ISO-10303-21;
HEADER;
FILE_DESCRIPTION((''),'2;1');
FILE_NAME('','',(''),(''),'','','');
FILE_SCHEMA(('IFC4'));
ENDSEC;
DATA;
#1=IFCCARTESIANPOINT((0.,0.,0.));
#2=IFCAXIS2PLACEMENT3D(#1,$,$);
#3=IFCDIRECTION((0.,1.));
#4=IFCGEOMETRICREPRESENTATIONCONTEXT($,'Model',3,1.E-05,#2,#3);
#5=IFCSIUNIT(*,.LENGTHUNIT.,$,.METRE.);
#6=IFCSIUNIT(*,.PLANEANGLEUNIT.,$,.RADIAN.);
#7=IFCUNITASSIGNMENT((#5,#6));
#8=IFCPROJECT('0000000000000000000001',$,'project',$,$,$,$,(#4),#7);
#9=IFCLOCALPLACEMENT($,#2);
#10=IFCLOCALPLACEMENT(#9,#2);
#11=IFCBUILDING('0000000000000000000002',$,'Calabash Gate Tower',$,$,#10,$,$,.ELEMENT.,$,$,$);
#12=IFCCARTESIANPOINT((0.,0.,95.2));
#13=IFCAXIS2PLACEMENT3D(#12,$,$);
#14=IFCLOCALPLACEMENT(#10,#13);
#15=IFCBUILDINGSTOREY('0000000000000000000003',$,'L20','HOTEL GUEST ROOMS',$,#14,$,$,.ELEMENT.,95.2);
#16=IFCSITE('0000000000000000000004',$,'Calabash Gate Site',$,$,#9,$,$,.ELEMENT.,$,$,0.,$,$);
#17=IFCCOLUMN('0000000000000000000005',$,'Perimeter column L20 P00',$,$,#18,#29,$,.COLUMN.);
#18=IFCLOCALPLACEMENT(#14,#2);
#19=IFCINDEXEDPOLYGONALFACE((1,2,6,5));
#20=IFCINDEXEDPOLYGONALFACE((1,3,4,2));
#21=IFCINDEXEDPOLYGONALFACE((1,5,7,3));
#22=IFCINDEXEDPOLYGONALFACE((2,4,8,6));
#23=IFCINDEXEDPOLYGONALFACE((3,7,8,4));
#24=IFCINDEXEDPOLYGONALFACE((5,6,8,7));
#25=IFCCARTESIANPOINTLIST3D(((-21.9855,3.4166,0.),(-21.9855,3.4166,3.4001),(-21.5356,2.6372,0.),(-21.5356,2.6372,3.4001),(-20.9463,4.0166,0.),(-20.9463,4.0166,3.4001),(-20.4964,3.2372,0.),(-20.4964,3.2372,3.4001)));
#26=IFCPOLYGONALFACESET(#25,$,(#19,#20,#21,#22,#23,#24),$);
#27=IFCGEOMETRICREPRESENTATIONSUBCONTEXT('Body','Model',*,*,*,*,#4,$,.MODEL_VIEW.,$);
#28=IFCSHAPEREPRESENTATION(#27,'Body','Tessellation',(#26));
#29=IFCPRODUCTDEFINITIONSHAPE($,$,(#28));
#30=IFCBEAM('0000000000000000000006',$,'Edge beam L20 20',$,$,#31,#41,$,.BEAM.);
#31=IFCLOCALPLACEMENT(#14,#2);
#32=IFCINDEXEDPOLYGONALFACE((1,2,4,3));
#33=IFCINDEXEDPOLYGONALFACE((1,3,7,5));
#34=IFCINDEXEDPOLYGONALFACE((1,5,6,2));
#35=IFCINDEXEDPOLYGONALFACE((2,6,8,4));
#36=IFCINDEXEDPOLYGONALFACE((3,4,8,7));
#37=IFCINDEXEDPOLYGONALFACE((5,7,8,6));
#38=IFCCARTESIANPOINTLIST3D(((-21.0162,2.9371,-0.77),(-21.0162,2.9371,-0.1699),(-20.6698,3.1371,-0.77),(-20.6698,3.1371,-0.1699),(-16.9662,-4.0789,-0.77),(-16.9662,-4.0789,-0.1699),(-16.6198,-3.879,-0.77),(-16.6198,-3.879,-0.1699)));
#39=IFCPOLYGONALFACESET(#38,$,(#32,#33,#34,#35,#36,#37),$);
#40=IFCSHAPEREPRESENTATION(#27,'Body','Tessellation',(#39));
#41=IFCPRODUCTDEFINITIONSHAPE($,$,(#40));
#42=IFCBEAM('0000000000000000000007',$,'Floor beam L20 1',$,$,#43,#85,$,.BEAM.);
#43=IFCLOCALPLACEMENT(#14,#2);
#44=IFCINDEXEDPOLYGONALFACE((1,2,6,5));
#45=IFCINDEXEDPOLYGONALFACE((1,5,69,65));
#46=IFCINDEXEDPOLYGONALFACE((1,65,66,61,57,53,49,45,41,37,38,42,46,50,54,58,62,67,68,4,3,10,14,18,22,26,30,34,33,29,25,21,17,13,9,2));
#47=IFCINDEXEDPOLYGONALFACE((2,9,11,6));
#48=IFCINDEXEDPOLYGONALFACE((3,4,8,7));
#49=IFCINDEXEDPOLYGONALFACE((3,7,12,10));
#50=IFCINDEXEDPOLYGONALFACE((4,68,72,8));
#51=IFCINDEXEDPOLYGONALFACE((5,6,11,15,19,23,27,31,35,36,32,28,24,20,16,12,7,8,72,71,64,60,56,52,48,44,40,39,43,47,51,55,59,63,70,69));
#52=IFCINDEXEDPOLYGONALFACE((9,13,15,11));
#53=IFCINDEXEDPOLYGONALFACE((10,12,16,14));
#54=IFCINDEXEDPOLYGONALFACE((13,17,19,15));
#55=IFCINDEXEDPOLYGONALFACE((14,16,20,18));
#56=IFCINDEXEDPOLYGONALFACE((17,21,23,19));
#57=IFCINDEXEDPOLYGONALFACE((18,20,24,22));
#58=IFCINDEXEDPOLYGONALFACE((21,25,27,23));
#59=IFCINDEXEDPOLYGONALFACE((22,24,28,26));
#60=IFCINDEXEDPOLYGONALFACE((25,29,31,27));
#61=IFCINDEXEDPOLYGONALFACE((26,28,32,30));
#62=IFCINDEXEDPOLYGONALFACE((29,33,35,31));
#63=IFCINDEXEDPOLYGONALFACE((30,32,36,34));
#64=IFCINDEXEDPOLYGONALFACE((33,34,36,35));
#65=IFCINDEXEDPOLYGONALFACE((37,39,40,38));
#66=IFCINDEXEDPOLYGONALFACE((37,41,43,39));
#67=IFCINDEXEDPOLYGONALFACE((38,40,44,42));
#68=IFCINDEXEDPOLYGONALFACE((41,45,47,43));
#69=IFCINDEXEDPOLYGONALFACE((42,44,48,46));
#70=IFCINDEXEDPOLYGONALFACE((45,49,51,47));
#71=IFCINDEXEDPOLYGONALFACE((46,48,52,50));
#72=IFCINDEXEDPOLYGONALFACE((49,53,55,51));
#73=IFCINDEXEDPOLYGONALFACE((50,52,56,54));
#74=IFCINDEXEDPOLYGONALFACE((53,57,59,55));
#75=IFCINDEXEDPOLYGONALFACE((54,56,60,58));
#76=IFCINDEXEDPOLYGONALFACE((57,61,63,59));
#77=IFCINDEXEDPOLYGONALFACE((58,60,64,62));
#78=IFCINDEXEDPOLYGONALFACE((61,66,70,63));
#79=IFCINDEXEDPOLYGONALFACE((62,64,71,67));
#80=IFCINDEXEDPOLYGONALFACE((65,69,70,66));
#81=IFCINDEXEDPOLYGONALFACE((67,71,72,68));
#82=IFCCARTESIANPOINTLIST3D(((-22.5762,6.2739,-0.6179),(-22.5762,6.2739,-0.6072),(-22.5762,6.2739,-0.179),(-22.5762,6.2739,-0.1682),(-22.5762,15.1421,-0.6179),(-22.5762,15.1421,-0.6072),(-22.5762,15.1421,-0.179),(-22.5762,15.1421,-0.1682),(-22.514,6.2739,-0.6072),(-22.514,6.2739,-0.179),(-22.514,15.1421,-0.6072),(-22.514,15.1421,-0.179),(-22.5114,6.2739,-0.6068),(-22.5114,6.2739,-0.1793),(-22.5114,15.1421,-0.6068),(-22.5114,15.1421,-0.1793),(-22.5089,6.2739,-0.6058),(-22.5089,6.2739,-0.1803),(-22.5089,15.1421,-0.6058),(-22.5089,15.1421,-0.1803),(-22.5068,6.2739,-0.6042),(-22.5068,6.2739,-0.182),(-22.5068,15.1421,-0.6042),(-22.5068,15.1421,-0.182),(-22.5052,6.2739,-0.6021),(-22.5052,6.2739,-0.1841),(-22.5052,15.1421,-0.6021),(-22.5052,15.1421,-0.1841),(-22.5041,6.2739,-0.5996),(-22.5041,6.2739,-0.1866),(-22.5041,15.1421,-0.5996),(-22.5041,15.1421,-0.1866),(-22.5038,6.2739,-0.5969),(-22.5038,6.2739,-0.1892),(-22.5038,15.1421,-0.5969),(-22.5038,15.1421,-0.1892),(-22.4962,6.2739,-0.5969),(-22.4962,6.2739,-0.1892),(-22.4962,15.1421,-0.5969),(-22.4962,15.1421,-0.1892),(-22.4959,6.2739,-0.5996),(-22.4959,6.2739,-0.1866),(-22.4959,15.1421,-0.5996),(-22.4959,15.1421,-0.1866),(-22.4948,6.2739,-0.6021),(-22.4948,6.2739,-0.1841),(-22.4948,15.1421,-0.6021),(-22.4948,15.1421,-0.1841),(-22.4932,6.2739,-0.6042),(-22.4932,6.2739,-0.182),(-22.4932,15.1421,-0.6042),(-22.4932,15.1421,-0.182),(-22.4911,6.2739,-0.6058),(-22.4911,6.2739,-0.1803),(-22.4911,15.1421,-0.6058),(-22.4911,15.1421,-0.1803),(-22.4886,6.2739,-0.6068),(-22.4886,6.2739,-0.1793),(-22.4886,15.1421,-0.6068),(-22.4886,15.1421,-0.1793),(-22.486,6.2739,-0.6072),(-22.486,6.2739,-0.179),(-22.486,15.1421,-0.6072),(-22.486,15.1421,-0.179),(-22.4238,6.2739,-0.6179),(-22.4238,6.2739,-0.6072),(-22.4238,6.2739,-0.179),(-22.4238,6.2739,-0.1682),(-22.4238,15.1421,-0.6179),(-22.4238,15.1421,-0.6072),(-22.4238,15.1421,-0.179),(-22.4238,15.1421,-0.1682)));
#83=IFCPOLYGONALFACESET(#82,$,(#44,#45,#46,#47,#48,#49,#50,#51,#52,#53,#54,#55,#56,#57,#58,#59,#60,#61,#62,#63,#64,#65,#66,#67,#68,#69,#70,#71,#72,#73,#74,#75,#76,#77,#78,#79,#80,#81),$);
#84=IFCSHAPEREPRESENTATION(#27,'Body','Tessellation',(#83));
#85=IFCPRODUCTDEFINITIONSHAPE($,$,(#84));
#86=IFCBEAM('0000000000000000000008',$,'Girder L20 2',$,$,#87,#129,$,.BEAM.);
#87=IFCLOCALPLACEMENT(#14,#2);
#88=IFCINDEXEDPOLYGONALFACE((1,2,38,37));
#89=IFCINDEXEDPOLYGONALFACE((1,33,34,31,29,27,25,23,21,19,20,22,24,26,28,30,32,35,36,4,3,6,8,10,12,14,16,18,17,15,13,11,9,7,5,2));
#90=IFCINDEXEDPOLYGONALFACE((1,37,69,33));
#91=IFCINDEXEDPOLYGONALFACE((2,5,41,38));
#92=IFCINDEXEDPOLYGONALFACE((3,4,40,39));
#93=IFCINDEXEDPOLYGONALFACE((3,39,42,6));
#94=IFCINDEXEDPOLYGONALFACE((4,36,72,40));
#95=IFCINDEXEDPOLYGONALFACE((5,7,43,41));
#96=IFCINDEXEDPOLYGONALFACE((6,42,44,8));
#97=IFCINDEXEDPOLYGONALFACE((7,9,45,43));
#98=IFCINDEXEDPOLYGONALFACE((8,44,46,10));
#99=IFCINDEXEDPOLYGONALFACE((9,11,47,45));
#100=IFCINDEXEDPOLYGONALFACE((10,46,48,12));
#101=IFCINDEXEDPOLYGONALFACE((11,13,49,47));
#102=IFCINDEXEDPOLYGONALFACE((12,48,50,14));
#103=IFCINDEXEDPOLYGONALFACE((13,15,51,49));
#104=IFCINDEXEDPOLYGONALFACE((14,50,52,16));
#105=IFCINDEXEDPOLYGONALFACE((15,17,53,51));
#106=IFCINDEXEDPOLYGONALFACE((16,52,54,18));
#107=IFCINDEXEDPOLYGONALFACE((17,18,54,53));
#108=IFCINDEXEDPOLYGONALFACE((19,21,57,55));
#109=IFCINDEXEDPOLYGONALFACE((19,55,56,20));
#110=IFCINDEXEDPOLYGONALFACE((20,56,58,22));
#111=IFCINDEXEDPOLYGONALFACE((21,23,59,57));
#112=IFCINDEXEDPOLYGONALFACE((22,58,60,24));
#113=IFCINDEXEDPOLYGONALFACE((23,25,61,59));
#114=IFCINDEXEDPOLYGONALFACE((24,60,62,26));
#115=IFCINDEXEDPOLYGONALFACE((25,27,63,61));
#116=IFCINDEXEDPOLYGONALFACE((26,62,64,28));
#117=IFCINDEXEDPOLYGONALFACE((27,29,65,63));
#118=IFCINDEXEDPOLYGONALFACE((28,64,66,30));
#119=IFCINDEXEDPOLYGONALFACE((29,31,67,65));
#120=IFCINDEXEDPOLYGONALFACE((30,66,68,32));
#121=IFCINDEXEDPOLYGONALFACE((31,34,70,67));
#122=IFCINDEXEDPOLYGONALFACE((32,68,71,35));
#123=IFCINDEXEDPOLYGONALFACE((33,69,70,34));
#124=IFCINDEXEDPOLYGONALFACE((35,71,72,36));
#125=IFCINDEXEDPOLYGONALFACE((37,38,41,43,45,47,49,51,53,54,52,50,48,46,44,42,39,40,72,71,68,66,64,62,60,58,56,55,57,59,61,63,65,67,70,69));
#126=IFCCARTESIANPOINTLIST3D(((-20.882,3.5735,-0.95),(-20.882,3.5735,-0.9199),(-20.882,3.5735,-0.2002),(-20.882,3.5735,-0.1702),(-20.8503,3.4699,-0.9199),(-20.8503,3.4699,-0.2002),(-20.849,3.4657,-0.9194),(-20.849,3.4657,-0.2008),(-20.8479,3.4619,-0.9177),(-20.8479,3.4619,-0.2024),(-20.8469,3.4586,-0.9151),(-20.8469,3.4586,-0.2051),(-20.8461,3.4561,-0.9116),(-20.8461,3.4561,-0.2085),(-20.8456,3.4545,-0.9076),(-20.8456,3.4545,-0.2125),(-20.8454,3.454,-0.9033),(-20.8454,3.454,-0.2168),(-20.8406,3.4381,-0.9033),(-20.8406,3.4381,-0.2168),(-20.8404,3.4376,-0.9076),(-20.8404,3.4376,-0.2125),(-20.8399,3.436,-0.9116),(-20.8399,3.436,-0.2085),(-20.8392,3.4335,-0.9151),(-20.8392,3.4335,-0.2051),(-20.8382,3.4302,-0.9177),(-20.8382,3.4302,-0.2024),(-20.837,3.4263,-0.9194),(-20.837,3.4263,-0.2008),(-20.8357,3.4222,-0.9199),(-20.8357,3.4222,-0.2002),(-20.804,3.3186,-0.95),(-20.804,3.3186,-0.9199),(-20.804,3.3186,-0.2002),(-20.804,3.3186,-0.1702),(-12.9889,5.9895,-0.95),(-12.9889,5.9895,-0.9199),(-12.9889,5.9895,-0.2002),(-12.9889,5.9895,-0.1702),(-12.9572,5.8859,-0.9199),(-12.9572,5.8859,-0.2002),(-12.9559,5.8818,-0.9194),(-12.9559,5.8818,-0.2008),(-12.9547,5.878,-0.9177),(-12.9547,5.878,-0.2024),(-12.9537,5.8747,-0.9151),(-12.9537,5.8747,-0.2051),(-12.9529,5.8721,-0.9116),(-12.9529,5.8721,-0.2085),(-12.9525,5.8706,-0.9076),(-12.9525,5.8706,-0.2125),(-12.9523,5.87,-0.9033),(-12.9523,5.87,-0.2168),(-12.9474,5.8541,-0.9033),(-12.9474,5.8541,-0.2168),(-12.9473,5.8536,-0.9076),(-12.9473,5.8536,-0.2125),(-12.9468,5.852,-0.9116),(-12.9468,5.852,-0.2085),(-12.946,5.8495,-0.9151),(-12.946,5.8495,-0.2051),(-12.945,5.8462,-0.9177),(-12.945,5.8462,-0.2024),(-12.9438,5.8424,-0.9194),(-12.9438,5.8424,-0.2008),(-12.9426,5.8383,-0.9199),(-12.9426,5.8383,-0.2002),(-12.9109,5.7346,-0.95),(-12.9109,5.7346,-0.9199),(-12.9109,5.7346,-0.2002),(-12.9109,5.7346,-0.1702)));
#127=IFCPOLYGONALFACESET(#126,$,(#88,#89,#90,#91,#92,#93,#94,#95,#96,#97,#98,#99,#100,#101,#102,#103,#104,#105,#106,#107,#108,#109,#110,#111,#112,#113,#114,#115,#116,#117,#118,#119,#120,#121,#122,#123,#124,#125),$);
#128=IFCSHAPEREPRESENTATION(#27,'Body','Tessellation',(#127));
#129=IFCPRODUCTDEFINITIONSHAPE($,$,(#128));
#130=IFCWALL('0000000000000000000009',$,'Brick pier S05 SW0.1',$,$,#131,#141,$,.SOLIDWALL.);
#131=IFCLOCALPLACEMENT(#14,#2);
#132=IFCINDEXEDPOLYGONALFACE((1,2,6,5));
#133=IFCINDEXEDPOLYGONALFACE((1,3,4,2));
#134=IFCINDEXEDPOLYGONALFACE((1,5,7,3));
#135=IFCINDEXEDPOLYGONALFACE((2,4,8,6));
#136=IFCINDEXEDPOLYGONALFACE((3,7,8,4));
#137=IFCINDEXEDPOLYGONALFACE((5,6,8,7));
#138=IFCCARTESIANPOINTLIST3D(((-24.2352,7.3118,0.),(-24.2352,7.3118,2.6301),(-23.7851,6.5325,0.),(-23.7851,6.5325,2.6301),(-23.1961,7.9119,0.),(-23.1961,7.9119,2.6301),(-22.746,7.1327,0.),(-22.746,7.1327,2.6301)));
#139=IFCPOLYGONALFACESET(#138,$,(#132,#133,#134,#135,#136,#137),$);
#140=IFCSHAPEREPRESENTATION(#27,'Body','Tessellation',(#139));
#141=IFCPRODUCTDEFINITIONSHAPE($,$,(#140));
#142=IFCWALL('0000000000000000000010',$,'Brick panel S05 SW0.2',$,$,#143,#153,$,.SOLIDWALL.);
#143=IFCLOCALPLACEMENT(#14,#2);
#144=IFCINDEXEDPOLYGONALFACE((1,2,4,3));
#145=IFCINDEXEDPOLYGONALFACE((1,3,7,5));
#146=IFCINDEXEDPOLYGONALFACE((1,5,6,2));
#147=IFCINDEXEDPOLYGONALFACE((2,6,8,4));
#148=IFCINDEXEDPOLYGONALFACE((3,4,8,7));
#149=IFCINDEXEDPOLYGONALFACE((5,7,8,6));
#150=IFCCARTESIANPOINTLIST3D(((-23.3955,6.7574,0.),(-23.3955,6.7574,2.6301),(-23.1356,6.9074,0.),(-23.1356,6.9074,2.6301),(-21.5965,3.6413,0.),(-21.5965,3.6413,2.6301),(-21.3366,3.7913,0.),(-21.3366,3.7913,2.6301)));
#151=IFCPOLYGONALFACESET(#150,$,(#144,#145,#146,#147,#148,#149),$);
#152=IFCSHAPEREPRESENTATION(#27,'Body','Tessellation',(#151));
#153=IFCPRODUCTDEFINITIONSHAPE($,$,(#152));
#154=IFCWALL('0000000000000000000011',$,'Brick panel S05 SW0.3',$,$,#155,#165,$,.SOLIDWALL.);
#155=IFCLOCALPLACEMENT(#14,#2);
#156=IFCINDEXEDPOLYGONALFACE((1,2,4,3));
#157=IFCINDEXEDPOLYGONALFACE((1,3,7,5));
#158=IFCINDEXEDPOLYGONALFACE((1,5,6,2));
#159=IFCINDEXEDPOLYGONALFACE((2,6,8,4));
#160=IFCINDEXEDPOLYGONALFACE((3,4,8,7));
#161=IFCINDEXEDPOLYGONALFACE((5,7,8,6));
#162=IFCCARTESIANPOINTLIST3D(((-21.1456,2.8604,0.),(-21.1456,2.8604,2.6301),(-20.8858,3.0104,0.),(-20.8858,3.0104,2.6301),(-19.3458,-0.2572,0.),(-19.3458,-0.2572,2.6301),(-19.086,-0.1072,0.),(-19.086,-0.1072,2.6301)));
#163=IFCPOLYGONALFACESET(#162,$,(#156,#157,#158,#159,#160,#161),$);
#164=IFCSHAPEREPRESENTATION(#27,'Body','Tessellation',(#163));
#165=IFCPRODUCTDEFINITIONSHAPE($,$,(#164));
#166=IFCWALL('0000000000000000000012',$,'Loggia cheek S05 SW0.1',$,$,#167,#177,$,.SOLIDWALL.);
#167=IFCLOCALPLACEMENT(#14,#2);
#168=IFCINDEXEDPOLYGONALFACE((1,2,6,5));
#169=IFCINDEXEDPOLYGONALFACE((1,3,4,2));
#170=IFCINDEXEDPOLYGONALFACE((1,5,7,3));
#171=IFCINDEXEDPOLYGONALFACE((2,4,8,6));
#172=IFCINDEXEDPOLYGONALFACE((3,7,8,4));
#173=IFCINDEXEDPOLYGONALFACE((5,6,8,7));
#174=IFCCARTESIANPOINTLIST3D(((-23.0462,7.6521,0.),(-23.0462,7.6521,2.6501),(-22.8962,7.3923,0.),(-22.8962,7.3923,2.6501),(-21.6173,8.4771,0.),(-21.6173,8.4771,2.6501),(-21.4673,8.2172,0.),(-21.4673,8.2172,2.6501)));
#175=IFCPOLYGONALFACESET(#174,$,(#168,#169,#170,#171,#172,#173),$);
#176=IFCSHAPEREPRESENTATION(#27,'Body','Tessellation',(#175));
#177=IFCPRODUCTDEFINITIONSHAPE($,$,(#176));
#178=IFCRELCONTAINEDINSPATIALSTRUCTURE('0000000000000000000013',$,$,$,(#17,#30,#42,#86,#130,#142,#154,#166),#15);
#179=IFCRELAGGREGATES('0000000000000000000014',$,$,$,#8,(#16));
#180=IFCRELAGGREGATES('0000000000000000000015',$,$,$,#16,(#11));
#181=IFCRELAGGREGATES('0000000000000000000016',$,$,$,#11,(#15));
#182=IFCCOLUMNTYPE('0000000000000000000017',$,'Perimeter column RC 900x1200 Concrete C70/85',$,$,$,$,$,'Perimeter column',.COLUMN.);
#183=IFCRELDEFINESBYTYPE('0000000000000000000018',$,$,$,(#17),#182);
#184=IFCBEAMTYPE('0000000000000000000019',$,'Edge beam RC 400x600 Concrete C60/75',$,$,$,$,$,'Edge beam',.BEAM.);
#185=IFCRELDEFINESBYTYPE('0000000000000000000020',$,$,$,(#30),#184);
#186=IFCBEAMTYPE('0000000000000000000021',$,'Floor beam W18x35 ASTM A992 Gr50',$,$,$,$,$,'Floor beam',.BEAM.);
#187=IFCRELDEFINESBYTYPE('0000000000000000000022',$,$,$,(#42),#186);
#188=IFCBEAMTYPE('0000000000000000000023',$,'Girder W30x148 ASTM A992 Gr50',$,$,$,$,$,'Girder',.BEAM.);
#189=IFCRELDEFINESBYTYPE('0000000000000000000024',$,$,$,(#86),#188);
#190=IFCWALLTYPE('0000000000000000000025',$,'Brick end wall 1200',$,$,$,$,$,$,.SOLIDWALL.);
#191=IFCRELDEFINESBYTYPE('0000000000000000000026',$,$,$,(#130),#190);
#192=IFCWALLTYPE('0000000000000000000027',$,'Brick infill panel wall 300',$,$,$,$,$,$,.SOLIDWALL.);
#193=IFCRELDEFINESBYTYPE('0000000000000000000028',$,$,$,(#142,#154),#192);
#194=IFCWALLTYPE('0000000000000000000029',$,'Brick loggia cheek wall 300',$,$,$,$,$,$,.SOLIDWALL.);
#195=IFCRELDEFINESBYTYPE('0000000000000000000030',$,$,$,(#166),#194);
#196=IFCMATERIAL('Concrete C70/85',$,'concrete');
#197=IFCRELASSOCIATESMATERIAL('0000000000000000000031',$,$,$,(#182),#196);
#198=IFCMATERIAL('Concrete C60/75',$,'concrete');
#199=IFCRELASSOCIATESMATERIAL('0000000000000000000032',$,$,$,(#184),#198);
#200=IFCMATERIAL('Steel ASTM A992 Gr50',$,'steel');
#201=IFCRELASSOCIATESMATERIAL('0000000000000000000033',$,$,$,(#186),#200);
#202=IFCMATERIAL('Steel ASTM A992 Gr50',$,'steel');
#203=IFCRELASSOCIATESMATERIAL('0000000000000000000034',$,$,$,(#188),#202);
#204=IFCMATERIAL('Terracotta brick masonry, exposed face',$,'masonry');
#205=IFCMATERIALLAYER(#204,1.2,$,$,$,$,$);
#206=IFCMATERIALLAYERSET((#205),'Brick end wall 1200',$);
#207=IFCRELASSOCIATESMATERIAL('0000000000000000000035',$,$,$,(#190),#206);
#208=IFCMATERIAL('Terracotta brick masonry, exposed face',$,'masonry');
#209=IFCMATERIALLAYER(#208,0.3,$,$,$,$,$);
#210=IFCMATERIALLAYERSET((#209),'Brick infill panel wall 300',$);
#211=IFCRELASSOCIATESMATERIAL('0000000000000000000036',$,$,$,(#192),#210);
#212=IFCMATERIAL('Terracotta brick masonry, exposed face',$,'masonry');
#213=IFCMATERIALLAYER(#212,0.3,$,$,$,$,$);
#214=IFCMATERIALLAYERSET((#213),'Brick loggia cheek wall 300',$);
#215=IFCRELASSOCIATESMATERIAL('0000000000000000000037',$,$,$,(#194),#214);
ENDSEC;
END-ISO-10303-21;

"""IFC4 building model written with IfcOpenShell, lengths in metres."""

from ifc_helpers import new_model, si_unit, direction, frame, frame_2d, origin, origin_2d, place, context, subcontext, project, spatial, rectangle, i_section, extrude, material, layer, layer_set, material_profile, profile_set, type_object, element, save


model = new_model("IFC4")

# Units and contexts
model_context = context("Model", 3, precision=1e-05, world=origin(), true_north=direction((0.0, 1.0)))
body_context = subcontext(model_context, "Body", "Model", "MODEL_VIEW")
ifc_project = project(units=[si_unit("LENGTHUNIT", "METRE"), si_unit("PLANEANGLEUNIT", "RADIAN")], contexts=[model_context])

# Site, building, storey
site_placement = place(None, origin())
site = spatial("IfcSite", under=ifc_project, at=site_placement, Name="Calabash Gate Site", CompositionType="ELEMENT", RefElevation=0.0)
building_placement = place(site_placement, origin())
building = spatial("IfcBuilding", under=site, at=building_placement, Name="Calabash Gate Tower", CompositionType="ELEMENT")
storey_placement = place(building_placement, frame((0.0, 0.0, 95.2)))
storey = spatial("IfcBuildingStorey", under=building, at=storey_placement, Name="L20", Description="HOTEL GUEST ROOMS", CompositionType="ELEMENT", Elevation=95.2)

# Column
ifc_material_1 = material(Name="Concrete C70/85", Category="concrete")
ifc_material_profile_1 = material_profile(ifc_material_1, rectangle(XDim=0.8999, YDim=1.2, at=origin_2d()))
ifc_profile_set_1 = profile_set([ifc_material_profile_1], Name="Concrete C70/85")
column_type = type_object("IfcColumnType", Name="Perimeter column RC 900x1200 Concrete C70/85", ElementType="Perimeter column", PredefinedType="COLUMN", material=ifc_profile_set_1)
column_placement = place(storey_placement, frame((-21.241, 3.3269, 0.0), z_axis=(0.0, 0.0, 1.0), x_axis=(0.5, -0.866025, 0.0)))
element("IfcColumn", 1, at=column_placement, inside=storey, type_object=column_type, Name="Perimeter column L20 P00", PredefinedType="COLUMN", context=body_context, shape_type="SweptSolid", body=[
    extrude(rectangle(XDim=0.8999, YDim=1.2, at=origin_2d()), origin(), (0.0, 0.0, 1.0), 3.4001),
])

# Beams
ifc_material_2 = material(Name="Concrete C60/75", Category="concrete")
ifc_material_profile_2 = material_profile(ifc_material_2, rectangle(XDim=0.3999, YDim=0.6001, at=origin_2d()))
ifc_profile_set_2 = profile_set([ifc_material_profile_2], Name="Concrete C60/75")
beam_type_1 = type_object("IfcBeamType", Name="Edge beam RC 400x600 Concrete C60/75", ElementType="Edge beam", PredefinedType="BEAM", material=ifc_profile_set_2)
beam_1_placement = place(storey_placement, frame((-20.843, 3.0371, -0.47), z_axis=(0.499935, -0.866063, 0.0), x_axis=(0.866063, 0.499935, 0.0)))
element("IfcBeam", 2, at=beam_1_placement, inside=storey, type_object=beam_type_1, Name="Edge beam L20 20", PredefinedType="BEAM", context=body_context, shape_type="SweptSolid", body=[
    extrude(rectangle(XDim=0.3999, YDim=0.6001, at=origin_2d()), origin(), (0.0, 0.0, 1.0), 8.1011),
])
ifc_material_3 = material(Name="Steel ASTM A992 Gr50", Category="steel")
ifc_material_profile_3 = material_profile(ifc_material_3, i_section(OverallWidth=0.1523, OverallDepth=0.4497, WebThickness=0.0076, FlangeThickness=0.0107, FilletRadius=0.0103, at=origin_2d()))
ifc_profile_set_3 = profile_set([ifc_material_profile_3], Name="Steel ASTM A992 Gr50")
beam_type_2 = type_object("IfcBeamType", Name="Floor beam W18x35 ASTM A992 Gr50", ElementType="Floor beam", PredefinedType="BEAM", material=ifc_profile_set_3)
beam_2_placement = place(storey_placement, frame((-22.5, 6.2739, -0.3931), z_axis=(0.0, 1.0, 0.0), x_axis=(-1.0, 0.0, 0.0)))
element("IfcBeam", 3, at=beam_2_placement, inside=storey, type_object=beam_type_2, Name="Floor beam L20 1", PredefinedType="BEAM", context=body_context, shape_type="SweptSolid", body=[
    extrude(i_section(OverallWidth=0.1523, OverallDepth=0.4497, WebThickness=0.0076, FlangeThickness=0.0107, FilletRadius=0.0103, at=origin_2d()), origin(), (0.0, 0.0, 1.0), 8.8682),
])
ifc_material_4 = material(Name="Steel ASTM A992 Gr50", Category="steel")
ifc_material_profile_4 = material_profile(ifc_material_4, i_section(OverallWidth=0.2666, OverallDepth=0.7798, WebThickness=0.0166, FlangeThickness=0.03, FilletRadius=0.0166, at=origin_2d()))
ifc_profile_set_4 = profile_set([ifc_material_profile_4], Name="Steel ASTM A992 Gr50")
beam_type_3 = type_object("IfcBeamType", Name="Girder W30x148 ASTM A992 Gr50", ElementType="Girder", PredefinedType="BEAM", material=ifc_profile_set_4)
beam_3_placement = place(storey_placement, frame((-20.843, 3.446, -0.5601), z_axis=(0.956208, 0.292689, 0.0), x_axis=(-0.292689, 0.956208, 0.0)))
element("IfcBeam", 4, at=beam_3_placement, inside=storey, type_object=beam_type_3, Name="Girder L20 2", PredefinedType="BEAM", context=body_context, shape_type="SweptSolid", body=[
    extrude(i_section(OverallWidth=0.2666, OverallDepth=0.7798, WebThickness=0.0166, FlangeThickness=0.03, FilletRadius=0.0166, at=origin_2d()), origin(), (0.0, 0.0, 1.0), 8.2546),
])

# Walls
ifc_material_5 = material(Name="Terracotta brick masonry, exposed face", Category="masonry")
ifc_layer_1 = layer(ifc_material_5, 1.2)
ifc_layer_set_1 = layer_set([ifc_layer_1], Name="Brick end wall 1200")
wall_type_1 = type_object("IfcWallType", Name="Brick end wall 1200", PredefinedType="SOLIDWALL", material=ifc_layer_set_1)
wall_1_placement = place(storey_placement, frame((-24.0103, 6.9221, 0.0), z_axis=(0.0, 0.0, 1.0), x_axis=(0.865955, 0.500122, 0.0)))
element("IfcWall", 5, at=wall_1_placement, inside=storey, type_object=wall_type_1, Name="Brick pier S05 SW0.1", PredefinedType="SOLIDWALL", context=body_context, shape_type="SweptSolid", body=[
    extrude(rectangle(XDim=1.2, YDim=0.8999, at=frame_2d((0.6001, 0.0))), origin(), (0.0, 0.0, 1.0), 2.6301),
])
ifc_material_6 = material(Name="Terracotta brick masonry, exposed face", Category="masonry")
ifc_layer_2 = layer(ifc_material_6, 0.3)
ifc_layer_set_2 = layer_set([ifc_layer_2], Name="Brick infill panel wall 300")
wall_type_2 = type_object("IfcWallType", Name="Brick infill panel wall 300", PredefinedType="SOLIDWALL", material=ifc_layer_set_2)
wall_2_placement = place(storey_placement, frame((-21.4666, 3.7163, 0.0), z_axis=(0.0, 0.0, 1.0), x_axis=(-0.499985, 0.866034, 0.0)))
element("IfcWall", 6, at=wall_2_placement, inside=storey, type_object=wall_type_2, Name="Brick panel S05 SW0.2", PredefinedType="SOLIDWALL", context=body_context, shape_type="SweptSolid", body=[
    extrude(rectangle(XDim=3.5981, YDim=0.3, at=frame_2d((1.7991, 0.0))), origin(), (0.0, 0.0, 1.0), 2.6301),
])
wall_3_placement = place(storey_placement, frame((-21.0156, 2.9353, 0.0), z_axis=(0.0, 0.0, 1.0), x_axis=(0.499961, -0.866048, 0.0)))
element("IfcWall", 7, at=wall_3_placement, inside=storey, type_object=wall_type_2, Name="Brick panel S05 SW0.3", PredefinedType="SOLIDWALL", context=body_context, shape_type="SweptSolid", body=[
    extrude(rectangle(XDim=3.5999, YDim=0.3, at=frame_2d((1.7998, 0.0))), origin(), (0.0, 0.0, 1.0), 2.6301),
])
ifc_material_7 = material(Name="Terracotta brick masonry, exposed face", Category="masonry")
ifc_layer_3 = layer(ifc_material_7, 0.3)
ifc_layer_set_3 = layer_set([ifc_layer_3], Name="Brick loggia cheek wall 300")
wall_type_3 = type_object("IfcWallType", Name="Brick loggia cheek wall 300", PredefinedType="SOLIDWALL", material=ifc_layer_set_3)
wall_4_placement = place(storey_placement, frame((-22.9712, 7.5222, 0.0), z_axis=(0.0, 0.0, 1.0), x_axis=(0.86604, 0.499974, 0.0)))
element("IfcWall", 8, at=wall_4_placement, inside=storey, type_object=wall_type_3, Name="Loggia cheek S05 SW0.1", PredefinedType="SOLIDWALL", context=body_context, shape_type="SweptSolid", body=[
    extrude(rectangle(XDim=1.6499, YDim=0.3, at=frame_2d((0.825, 0.0))), origin(), (0.0, 0.0, 1.0), 2.6501),
])

save(model, "model.ifc")
